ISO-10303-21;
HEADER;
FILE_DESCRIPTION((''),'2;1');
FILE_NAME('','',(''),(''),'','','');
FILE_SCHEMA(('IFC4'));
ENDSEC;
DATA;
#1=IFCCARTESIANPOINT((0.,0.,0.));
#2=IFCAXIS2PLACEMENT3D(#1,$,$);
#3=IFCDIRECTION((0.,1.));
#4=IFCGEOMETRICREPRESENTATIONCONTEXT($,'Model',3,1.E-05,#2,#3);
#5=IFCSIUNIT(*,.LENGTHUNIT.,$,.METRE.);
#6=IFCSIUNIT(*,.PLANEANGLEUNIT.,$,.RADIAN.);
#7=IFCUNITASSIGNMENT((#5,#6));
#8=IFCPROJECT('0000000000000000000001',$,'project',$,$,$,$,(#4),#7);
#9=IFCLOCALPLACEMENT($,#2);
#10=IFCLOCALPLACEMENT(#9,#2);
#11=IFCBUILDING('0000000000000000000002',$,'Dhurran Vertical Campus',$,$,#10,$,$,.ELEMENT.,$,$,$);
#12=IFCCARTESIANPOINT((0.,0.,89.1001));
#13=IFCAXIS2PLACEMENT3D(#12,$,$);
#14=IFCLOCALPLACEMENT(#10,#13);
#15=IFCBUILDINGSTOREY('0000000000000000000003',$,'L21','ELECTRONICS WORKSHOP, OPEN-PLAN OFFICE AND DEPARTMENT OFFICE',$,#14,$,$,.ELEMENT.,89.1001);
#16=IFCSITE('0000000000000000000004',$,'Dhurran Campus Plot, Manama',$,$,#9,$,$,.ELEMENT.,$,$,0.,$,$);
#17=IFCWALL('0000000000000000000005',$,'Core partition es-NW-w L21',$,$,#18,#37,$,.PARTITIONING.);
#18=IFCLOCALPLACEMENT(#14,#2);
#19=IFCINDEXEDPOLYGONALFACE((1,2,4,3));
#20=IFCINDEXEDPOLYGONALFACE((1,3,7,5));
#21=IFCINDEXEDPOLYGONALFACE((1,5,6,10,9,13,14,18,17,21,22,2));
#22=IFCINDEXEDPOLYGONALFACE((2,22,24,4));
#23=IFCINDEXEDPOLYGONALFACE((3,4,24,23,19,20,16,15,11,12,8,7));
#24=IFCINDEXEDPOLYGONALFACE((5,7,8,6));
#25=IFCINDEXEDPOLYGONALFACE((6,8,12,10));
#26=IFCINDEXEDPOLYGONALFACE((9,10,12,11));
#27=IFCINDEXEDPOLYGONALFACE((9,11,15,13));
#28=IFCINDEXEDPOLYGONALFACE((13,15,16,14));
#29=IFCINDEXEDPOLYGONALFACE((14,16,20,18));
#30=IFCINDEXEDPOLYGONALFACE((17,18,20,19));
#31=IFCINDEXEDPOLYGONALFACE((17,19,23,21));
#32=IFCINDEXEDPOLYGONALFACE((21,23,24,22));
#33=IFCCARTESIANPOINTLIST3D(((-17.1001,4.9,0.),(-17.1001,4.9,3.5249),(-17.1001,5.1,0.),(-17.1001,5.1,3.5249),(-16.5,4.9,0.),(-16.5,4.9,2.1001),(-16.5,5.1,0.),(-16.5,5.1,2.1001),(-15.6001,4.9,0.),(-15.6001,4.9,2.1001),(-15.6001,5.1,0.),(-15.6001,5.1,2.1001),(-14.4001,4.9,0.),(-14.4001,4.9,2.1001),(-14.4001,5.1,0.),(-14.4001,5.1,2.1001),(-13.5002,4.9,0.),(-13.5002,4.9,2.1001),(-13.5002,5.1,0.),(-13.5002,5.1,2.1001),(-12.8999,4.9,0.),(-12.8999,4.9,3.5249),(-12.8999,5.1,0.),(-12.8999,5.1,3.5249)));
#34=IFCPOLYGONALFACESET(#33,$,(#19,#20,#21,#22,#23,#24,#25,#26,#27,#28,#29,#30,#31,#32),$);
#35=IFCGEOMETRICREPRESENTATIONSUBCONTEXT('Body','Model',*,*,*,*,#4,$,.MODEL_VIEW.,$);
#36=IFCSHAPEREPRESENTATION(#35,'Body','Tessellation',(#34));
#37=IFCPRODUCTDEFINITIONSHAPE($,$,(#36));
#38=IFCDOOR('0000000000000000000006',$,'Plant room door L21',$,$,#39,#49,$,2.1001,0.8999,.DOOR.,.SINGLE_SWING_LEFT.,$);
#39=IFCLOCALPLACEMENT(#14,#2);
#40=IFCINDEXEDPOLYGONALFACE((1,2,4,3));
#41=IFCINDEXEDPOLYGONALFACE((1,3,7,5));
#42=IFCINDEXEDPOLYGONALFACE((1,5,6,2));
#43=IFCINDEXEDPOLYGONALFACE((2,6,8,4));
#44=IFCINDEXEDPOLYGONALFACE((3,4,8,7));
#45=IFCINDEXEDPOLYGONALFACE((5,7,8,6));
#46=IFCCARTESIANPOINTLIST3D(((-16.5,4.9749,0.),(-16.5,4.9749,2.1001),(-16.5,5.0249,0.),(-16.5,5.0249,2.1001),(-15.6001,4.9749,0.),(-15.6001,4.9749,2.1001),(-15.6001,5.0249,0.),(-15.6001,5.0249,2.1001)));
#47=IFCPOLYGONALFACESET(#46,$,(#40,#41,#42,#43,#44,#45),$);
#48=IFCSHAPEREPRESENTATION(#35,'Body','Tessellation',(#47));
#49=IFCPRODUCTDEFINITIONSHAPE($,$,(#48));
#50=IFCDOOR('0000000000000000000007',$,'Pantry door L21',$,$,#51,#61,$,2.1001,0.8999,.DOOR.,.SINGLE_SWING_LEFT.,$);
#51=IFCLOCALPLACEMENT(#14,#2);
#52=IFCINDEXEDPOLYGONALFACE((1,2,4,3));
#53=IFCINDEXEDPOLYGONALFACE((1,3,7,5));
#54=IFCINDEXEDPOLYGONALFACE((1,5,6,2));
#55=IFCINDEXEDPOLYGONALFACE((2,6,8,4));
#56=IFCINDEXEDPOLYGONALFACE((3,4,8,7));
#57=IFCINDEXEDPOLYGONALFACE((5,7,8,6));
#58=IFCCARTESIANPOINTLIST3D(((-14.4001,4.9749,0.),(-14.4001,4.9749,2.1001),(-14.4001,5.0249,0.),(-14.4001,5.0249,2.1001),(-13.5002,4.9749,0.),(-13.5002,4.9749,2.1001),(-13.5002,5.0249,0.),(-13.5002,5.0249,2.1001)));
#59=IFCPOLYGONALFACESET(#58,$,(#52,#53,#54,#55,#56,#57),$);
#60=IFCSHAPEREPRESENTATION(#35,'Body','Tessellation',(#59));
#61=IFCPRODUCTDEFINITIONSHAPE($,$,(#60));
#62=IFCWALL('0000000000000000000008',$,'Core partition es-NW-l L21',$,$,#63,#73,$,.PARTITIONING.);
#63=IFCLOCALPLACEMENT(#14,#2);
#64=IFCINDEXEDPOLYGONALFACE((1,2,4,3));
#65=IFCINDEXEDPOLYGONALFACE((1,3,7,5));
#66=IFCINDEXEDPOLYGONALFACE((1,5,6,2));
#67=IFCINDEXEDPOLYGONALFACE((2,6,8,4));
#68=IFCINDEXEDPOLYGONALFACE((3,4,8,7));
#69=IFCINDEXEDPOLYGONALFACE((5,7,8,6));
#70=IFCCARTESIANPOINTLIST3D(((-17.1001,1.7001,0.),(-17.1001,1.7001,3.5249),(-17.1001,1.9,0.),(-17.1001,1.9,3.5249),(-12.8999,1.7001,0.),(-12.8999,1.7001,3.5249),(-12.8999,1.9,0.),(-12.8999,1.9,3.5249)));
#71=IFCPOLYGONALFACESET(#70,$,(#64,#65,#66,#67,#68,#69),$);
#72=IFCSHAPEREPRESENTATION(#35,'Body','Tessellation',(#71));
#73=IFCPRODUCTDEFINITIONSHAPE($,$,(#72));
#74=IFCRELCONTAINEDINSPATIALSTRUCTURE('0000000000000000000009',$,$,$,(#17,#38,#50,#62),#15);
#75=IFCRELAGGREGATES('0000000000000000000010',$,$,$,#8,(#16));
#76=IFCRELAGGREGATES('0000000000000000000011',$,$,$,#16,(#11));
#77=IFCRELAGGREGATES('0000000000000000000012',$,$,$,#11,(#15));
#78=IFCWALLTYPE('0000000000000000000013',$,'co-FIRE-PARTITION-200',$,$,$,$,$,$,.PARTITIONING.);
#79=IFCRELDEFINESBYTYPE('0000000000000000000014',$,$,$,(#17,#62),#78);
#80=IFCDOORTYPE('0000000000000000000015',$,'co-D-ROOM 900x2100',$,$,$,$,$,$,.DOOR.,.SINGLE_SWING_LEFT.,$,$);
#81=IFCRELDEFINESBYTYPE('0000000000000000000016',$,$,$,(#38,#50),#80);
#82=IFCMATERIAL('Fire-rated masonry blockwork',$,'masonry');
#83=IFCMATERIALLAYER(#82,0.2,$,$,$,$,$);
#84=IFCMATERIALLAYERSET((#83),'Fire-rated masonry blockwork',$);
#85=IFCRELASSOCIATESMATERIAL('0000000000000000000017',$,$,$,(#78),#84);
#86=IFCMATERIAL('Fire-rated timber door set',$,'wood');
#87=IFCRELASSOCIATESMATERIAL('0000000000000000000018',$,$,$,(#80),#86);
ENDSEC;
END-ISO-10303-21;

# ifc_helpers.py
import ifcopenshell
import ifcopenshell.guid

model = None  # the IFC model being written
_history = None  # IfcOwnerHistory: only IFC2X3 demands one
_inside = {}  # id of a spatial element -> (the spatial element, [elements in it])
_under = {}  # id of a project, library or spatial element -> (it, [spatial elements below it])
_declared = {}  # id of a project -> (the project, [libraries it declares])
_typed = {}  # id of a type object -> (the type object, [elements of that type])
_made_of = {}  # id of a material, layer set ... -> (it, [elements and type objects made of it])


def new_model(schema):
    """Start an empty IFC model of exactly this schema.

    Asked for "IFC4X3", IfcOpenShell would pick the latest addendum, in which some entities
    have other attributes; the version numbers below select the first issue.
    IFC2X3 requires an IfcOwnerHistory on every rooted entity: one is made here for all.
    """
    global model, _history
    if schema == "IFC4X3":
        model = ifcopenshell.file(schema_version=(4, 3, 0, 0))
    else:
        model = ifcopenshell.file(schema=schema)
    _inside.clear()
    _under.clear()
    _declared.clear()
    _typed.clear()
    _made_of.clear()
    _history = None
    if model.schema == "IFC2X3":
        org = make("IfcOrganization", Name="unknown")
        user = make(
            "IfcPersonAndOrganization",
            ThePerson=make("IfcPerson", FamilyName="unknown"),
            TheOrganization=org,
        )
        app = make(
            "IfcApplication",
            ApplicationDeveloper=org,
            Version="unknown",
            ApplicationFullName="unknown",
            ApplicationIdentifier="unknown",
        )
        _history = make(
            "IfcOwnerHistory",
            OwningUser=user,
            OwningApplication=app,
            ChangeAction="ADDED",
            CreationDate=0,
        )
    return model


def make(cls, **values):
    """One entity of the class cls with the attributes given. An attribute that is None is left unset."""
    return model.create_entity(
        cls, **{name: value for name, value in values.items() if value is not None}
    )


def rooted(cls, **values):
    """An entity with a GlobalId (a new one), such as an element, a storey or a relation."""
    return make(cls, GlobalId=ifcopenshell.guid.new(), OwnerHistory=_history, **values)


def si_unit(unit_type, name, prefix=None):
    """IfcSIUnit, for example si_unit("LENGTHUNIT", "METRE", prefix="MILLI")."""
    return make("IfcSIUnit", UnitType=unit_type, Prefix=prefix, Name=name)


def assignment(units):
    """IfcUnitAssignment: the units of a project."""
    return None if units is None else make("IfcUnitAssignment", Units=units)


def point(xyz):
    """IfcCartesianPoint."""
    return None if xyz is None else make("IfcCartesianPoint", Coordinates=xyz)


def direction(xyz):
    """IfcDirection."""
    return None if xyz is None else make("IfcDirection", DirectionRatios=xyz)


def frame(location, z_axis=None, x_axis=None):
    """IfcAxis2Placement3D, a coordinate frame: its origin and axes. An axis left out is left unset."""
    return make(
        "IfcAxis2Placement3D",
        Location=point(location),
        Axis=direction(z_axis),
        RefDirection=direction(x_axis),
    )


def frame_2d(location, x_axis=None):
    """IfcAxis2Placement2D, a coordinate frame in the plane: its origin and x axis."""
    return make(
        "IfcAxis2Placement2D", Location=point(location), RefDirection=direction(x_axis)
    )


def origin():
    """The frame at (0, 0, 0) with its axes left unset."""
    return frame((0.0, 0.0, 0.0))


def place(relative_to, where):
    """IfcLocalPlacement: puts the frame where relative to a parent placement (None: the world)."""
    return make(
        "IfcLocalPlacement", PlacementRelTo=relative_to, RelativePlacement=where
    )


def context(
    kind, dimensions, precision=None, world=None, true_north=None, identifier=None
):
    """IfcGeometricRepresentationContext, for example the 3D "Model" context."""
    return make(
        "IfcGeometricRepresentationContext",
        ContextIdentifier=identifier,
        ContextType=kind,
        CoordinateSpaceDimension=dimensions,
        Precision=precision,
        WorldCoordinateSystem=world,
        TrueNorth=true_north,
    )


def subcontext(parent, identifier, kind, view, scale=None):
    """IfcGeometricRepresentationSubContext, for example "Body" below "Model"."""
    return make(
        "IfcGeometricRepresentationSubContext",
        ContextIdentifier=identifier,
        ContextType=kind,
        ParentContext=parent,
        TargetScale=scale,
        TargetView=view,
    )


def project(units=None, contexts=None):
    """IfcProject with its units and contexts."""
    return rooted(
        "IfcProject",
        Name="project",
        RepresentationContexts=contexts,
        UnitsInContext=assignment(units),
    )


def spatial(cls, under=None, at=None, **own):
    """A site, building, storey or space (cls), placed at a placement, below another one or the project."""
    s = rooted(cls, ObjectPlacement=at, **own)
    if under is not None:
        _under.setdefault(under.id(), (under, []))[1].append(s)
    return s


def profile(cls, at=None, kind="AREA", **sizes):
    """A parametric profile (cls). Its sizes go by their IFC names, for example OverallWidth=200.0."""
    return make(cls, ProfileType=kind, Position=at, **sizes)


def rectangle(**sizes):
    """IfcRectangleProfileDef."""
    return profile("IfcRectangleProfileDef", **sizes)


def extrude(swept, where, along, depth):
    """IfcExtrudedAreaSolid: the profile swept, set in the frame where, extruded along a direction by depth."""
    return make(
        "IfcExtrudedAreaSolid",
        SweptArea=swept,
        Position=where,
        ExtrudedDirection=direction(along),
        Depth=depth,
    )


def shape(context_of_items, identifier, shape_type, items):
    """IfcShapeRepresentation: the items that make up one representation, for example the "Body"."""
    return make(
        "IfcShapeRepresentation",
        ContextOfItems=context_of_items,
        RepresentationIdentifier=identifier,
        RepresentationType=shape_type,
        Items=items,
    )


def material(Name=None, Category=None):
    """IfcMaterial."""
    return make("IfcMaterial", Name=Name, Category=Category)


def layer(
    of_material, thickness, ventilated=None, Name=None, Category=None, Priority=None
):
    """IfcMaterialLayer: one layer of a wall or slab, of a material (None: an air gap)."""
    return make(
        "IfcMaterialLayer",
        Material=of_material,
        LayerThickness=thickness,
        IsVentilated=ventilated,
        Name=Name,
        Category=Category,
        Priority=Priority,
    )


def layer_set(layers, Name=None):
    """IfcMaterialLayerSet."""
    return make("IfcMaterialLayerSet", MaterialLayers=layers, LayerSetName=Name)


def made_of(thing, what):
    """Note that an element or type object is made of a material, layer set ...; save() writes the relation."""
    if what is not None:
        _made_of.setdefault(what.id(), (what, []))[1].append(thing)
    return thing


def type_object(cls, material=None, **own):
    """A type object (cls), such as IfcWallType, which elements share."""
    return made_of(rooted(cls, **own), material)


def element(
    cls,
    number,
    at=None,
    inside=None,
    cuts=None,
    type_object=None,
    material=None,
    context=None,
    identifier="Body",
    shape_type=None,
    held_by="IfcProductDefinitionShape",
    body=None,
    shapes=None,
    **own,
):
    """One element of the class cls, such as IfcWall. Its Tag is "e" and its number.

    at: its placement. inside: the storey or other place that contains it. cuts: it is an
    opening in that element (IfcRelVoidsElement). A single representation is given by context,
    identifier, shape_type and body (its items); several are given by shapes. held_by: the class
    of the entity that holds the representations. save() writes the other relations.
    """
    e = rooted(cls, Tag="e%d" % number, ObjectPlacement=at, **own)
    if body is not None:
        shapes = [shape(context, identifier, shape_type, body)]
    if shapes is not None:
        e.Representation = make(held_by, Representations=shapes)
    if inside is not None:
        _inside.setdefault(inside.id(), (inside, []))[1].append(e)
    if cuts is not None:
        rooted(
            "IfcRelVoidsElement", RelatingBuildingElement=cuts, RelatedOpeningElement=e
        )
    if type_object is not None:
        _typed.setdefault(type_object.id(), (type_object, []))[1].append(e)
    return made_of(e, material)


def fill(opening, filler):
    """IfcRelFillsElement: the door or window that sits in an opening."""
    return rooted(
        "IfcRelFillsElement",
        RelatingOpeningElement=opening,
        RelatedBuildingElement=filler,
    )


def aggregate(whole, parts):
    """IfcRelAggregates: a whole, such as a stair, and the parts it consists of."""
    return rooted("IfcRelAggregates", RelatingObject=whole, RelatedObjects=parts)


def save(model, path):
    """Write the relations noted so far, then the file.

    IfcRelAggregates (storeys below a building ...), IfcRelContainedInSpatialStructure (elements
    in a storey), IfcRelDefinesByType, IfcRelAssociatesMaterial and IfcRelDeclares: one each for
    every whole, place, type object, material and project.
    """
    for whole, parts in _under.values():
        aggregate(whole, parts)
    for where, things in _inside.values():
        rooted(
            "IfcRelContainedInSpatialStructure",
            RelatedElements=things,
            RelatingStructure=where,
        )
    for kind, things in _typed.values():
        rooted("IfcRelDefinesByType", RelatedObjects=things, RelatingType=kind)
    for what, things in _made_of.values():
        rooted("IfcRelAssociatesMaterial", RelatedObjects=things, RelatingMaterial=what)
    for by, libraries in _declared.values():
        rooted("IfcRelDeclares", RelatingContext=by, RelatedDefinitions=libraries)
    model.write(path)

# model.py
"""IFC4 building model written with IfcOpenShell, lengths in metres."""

from ifc_helpers import new_model, si_unit, direction, frame, frame_2d, origin, place, context, subcontext, project, spatial, rectangle, extrude, material, layer, layer_set, type_object, element, fill, save


model = new_model("IFC4")

# Units and contexts
model_context = context("Model", 3, precision=1e-05, world=origin(), true_north=direction((0.0, 1.0)))
body_context = subcontext(model_context, "Body", "Model", "MODEL_VIEW")
ifc_project = project(units=[si_unit("LENGTHUNIT", "METRE"), si_unit("PLANEANGLEUNIT", "RADIAN")], contexts=[model_context])

# Site, building, storey
site_placement = place(None, origin())
site = spatial("IfcSite", under=ifc_project, at=site_placement, Name="Dhurran Campus Plot, Manama", CompositionType="ELEMENT", RefElevation=0.0)
building_placement = place(site_placement, origin())
building = spatial("IfcBuilding", under=site, at=building_placement, Name="Dhurran Vertical Campus", CompositionType="ELEMENT")
storey_placement = place(building_placement, frame((0.0, 0.0, 89.1001)))
storey = spatial("IfcBuildingStorey", under=building, at=storey_placement, Name="L21", Description="ELECTRONICS WORKSHOP, OPEN-PLAN OFFICE AND DEPARTMENT OFFICE", CompositionType="ELEMENT", Elevation=89.1001)

# Shared definitions
ifc_material_1 = material(Name="Fire-rated masonry blockwork", Category="masonry")
ifc_layer_1 = layer(ifc_material_1, 0.2)
ifc_layer_set_1 = layer_set([ifc_layer_1], Name="Fire-rated masonry blockwork")
wall_type_1 = type_object("IfcWallType", Name="co-FIRE-PARTITION-200", PredefinedType="PARTITIONING", material=ifc_layer_set_1)

# Shared definitions
ifc_material_2 = material(Name="Fire-rated timber door set", Category="wood")
door_type_1 = type_object("IfcDoorType", Name="co-D-ROOM 900x2100", OperationType="SINGLE_SWING_LEFT", PredefinedType="DOOR", material=ifc_material_2)

# Wall, openings, doors
wall_1_placement = place(storey_placement, frame((-17.1001, 5.0, 0.0), z_axis=(0.0, 0.0, 1.0), x_axis=(1.0, 0.0, 0.0)))
wall_1 = element("IfcWall", 1, at=wall_1_placement, inside=storey, type_object=wall_type_1, Name="Core partition es-NW-w L21", PredefinedType="PARTITIONING", context=body_context, shape_type="SweptSolid", body=[
    extrude(rectangle(XDim=4.2002, YDim=0.2, at=frame_2d((2.1001, 0.0))), origin(), (0.0, 0.0, 1.0), 3.5249),
])
opening_1_placement = place(wall_1_placement, frame((0.6001, 0.0, 0.0)))
opening_1 = element("IfcOpeningElement", 2, at=opening_1_placement, cuts=wall_1, PredefinedType="OPENING", context=body_context, shape_type="SweptSolid", body=[
    extrude(rectangle(XDim=0.8999, YDim=2.1001, at=frame_2d((0.45, 1.05))), frame((0.0, 0.1099, 0.0), z_axis=(0.0, -1.0, 0.0), x_axis=(1.0, 0.0, 0.0)), (0.0, 0.0, 1.0), 0.22),
])
opening_2_placement = place(wall_1_placement, frame((2.7, 0.0, 0.0)))
opening_2 = element("IfcOpeningElement", 3, at=opening_2_placement, cuts=wall_1, PredefinedType="OPENING", context=body_context, shape_type="SweptSolid", body=[
    extrude(rectangle(XDim=0.8999, YDim=2.1001, at=frame_2d((0.45, 1.05))), frame((0.0, 0.1099, 0.0), z_axis=(0.0, -1.0, 0.0), x_axis=(1.0, 0.0, 0.0)), (0.0, 0.0, 1.0), 0.22),
])
door_1_placement = place(opening_1_placement, origin())
door_1 = element("IfcDoor", 4, at=door_1_placement, inside=storey, type_object=door_type_1, Name="Plant room door L21", OperationType="SINGLE_SWING_LEFT", OverallHeight=2.1001, OverallWidth=0.8999, PredefinedType="DOOR", context=body_context, shape_type="SweptSolid", body=[
    extrude(rectangle(XDim=0.8999, YDim=2.1001, at=frame_2d((0.45, 1.05))), frame((0.0, 0.0249, 0.0), z_axis=(0.0, -1.0, 0.0), x_axis=(1.0, 0.0, 0.0)), (0.0, 0.0, 1.0), 0.05),
])
fill(opening_1, door_1)
door_2_placement = place(opening_2_placement, origin())
door_2 = element("IfcDoor", 5, at=door_2_placement, inside=storey, type_object=door_type_1, Name="Pantry door L21", OperationType="SINGLE_SWING_LEFT", OverallHeight=2.1001, OverallWidth=0.8999, PredefinedType="DOOR", context=body_context, shape_type="SweptSolid", body=[
    extrude(rectangle(XDim=0.8999, YDim=2.1001, at=frame_2d((0.45, 1.05))), frame((0.0, 0.0249, 0.0), z_axis=(0.0, -1.0, 0.0), x_axis=(1.0, 0.0, 0.0)), (0.0, 0.0, 1.0), 0.05),
])
fill(opening_2, door_2)

# Wall
wall_2_placement = place(storey_placement, frame((-17.1001, 1.8, 0.0), z_axis=(0.0, 0.0, 1.0), x_axis=(1.0, 0.0, 0.0)))
element("IfcWall", 6, at=wall_2_placement, inside=storey, type_object=wall_type_1, Name="Core partition es-NW-l L21", PredefinedType="PARTITIONING", context=body_context, shape_type="SweptSolid", body=[
    extrude(rectangle(XDim=4.2002, YDim=0.2, at=frame_2d((2.1001, 0.0))), origin(), (0.0, 0.0, 1.0), 3.5249),
])

save(model, "model.ifc")
